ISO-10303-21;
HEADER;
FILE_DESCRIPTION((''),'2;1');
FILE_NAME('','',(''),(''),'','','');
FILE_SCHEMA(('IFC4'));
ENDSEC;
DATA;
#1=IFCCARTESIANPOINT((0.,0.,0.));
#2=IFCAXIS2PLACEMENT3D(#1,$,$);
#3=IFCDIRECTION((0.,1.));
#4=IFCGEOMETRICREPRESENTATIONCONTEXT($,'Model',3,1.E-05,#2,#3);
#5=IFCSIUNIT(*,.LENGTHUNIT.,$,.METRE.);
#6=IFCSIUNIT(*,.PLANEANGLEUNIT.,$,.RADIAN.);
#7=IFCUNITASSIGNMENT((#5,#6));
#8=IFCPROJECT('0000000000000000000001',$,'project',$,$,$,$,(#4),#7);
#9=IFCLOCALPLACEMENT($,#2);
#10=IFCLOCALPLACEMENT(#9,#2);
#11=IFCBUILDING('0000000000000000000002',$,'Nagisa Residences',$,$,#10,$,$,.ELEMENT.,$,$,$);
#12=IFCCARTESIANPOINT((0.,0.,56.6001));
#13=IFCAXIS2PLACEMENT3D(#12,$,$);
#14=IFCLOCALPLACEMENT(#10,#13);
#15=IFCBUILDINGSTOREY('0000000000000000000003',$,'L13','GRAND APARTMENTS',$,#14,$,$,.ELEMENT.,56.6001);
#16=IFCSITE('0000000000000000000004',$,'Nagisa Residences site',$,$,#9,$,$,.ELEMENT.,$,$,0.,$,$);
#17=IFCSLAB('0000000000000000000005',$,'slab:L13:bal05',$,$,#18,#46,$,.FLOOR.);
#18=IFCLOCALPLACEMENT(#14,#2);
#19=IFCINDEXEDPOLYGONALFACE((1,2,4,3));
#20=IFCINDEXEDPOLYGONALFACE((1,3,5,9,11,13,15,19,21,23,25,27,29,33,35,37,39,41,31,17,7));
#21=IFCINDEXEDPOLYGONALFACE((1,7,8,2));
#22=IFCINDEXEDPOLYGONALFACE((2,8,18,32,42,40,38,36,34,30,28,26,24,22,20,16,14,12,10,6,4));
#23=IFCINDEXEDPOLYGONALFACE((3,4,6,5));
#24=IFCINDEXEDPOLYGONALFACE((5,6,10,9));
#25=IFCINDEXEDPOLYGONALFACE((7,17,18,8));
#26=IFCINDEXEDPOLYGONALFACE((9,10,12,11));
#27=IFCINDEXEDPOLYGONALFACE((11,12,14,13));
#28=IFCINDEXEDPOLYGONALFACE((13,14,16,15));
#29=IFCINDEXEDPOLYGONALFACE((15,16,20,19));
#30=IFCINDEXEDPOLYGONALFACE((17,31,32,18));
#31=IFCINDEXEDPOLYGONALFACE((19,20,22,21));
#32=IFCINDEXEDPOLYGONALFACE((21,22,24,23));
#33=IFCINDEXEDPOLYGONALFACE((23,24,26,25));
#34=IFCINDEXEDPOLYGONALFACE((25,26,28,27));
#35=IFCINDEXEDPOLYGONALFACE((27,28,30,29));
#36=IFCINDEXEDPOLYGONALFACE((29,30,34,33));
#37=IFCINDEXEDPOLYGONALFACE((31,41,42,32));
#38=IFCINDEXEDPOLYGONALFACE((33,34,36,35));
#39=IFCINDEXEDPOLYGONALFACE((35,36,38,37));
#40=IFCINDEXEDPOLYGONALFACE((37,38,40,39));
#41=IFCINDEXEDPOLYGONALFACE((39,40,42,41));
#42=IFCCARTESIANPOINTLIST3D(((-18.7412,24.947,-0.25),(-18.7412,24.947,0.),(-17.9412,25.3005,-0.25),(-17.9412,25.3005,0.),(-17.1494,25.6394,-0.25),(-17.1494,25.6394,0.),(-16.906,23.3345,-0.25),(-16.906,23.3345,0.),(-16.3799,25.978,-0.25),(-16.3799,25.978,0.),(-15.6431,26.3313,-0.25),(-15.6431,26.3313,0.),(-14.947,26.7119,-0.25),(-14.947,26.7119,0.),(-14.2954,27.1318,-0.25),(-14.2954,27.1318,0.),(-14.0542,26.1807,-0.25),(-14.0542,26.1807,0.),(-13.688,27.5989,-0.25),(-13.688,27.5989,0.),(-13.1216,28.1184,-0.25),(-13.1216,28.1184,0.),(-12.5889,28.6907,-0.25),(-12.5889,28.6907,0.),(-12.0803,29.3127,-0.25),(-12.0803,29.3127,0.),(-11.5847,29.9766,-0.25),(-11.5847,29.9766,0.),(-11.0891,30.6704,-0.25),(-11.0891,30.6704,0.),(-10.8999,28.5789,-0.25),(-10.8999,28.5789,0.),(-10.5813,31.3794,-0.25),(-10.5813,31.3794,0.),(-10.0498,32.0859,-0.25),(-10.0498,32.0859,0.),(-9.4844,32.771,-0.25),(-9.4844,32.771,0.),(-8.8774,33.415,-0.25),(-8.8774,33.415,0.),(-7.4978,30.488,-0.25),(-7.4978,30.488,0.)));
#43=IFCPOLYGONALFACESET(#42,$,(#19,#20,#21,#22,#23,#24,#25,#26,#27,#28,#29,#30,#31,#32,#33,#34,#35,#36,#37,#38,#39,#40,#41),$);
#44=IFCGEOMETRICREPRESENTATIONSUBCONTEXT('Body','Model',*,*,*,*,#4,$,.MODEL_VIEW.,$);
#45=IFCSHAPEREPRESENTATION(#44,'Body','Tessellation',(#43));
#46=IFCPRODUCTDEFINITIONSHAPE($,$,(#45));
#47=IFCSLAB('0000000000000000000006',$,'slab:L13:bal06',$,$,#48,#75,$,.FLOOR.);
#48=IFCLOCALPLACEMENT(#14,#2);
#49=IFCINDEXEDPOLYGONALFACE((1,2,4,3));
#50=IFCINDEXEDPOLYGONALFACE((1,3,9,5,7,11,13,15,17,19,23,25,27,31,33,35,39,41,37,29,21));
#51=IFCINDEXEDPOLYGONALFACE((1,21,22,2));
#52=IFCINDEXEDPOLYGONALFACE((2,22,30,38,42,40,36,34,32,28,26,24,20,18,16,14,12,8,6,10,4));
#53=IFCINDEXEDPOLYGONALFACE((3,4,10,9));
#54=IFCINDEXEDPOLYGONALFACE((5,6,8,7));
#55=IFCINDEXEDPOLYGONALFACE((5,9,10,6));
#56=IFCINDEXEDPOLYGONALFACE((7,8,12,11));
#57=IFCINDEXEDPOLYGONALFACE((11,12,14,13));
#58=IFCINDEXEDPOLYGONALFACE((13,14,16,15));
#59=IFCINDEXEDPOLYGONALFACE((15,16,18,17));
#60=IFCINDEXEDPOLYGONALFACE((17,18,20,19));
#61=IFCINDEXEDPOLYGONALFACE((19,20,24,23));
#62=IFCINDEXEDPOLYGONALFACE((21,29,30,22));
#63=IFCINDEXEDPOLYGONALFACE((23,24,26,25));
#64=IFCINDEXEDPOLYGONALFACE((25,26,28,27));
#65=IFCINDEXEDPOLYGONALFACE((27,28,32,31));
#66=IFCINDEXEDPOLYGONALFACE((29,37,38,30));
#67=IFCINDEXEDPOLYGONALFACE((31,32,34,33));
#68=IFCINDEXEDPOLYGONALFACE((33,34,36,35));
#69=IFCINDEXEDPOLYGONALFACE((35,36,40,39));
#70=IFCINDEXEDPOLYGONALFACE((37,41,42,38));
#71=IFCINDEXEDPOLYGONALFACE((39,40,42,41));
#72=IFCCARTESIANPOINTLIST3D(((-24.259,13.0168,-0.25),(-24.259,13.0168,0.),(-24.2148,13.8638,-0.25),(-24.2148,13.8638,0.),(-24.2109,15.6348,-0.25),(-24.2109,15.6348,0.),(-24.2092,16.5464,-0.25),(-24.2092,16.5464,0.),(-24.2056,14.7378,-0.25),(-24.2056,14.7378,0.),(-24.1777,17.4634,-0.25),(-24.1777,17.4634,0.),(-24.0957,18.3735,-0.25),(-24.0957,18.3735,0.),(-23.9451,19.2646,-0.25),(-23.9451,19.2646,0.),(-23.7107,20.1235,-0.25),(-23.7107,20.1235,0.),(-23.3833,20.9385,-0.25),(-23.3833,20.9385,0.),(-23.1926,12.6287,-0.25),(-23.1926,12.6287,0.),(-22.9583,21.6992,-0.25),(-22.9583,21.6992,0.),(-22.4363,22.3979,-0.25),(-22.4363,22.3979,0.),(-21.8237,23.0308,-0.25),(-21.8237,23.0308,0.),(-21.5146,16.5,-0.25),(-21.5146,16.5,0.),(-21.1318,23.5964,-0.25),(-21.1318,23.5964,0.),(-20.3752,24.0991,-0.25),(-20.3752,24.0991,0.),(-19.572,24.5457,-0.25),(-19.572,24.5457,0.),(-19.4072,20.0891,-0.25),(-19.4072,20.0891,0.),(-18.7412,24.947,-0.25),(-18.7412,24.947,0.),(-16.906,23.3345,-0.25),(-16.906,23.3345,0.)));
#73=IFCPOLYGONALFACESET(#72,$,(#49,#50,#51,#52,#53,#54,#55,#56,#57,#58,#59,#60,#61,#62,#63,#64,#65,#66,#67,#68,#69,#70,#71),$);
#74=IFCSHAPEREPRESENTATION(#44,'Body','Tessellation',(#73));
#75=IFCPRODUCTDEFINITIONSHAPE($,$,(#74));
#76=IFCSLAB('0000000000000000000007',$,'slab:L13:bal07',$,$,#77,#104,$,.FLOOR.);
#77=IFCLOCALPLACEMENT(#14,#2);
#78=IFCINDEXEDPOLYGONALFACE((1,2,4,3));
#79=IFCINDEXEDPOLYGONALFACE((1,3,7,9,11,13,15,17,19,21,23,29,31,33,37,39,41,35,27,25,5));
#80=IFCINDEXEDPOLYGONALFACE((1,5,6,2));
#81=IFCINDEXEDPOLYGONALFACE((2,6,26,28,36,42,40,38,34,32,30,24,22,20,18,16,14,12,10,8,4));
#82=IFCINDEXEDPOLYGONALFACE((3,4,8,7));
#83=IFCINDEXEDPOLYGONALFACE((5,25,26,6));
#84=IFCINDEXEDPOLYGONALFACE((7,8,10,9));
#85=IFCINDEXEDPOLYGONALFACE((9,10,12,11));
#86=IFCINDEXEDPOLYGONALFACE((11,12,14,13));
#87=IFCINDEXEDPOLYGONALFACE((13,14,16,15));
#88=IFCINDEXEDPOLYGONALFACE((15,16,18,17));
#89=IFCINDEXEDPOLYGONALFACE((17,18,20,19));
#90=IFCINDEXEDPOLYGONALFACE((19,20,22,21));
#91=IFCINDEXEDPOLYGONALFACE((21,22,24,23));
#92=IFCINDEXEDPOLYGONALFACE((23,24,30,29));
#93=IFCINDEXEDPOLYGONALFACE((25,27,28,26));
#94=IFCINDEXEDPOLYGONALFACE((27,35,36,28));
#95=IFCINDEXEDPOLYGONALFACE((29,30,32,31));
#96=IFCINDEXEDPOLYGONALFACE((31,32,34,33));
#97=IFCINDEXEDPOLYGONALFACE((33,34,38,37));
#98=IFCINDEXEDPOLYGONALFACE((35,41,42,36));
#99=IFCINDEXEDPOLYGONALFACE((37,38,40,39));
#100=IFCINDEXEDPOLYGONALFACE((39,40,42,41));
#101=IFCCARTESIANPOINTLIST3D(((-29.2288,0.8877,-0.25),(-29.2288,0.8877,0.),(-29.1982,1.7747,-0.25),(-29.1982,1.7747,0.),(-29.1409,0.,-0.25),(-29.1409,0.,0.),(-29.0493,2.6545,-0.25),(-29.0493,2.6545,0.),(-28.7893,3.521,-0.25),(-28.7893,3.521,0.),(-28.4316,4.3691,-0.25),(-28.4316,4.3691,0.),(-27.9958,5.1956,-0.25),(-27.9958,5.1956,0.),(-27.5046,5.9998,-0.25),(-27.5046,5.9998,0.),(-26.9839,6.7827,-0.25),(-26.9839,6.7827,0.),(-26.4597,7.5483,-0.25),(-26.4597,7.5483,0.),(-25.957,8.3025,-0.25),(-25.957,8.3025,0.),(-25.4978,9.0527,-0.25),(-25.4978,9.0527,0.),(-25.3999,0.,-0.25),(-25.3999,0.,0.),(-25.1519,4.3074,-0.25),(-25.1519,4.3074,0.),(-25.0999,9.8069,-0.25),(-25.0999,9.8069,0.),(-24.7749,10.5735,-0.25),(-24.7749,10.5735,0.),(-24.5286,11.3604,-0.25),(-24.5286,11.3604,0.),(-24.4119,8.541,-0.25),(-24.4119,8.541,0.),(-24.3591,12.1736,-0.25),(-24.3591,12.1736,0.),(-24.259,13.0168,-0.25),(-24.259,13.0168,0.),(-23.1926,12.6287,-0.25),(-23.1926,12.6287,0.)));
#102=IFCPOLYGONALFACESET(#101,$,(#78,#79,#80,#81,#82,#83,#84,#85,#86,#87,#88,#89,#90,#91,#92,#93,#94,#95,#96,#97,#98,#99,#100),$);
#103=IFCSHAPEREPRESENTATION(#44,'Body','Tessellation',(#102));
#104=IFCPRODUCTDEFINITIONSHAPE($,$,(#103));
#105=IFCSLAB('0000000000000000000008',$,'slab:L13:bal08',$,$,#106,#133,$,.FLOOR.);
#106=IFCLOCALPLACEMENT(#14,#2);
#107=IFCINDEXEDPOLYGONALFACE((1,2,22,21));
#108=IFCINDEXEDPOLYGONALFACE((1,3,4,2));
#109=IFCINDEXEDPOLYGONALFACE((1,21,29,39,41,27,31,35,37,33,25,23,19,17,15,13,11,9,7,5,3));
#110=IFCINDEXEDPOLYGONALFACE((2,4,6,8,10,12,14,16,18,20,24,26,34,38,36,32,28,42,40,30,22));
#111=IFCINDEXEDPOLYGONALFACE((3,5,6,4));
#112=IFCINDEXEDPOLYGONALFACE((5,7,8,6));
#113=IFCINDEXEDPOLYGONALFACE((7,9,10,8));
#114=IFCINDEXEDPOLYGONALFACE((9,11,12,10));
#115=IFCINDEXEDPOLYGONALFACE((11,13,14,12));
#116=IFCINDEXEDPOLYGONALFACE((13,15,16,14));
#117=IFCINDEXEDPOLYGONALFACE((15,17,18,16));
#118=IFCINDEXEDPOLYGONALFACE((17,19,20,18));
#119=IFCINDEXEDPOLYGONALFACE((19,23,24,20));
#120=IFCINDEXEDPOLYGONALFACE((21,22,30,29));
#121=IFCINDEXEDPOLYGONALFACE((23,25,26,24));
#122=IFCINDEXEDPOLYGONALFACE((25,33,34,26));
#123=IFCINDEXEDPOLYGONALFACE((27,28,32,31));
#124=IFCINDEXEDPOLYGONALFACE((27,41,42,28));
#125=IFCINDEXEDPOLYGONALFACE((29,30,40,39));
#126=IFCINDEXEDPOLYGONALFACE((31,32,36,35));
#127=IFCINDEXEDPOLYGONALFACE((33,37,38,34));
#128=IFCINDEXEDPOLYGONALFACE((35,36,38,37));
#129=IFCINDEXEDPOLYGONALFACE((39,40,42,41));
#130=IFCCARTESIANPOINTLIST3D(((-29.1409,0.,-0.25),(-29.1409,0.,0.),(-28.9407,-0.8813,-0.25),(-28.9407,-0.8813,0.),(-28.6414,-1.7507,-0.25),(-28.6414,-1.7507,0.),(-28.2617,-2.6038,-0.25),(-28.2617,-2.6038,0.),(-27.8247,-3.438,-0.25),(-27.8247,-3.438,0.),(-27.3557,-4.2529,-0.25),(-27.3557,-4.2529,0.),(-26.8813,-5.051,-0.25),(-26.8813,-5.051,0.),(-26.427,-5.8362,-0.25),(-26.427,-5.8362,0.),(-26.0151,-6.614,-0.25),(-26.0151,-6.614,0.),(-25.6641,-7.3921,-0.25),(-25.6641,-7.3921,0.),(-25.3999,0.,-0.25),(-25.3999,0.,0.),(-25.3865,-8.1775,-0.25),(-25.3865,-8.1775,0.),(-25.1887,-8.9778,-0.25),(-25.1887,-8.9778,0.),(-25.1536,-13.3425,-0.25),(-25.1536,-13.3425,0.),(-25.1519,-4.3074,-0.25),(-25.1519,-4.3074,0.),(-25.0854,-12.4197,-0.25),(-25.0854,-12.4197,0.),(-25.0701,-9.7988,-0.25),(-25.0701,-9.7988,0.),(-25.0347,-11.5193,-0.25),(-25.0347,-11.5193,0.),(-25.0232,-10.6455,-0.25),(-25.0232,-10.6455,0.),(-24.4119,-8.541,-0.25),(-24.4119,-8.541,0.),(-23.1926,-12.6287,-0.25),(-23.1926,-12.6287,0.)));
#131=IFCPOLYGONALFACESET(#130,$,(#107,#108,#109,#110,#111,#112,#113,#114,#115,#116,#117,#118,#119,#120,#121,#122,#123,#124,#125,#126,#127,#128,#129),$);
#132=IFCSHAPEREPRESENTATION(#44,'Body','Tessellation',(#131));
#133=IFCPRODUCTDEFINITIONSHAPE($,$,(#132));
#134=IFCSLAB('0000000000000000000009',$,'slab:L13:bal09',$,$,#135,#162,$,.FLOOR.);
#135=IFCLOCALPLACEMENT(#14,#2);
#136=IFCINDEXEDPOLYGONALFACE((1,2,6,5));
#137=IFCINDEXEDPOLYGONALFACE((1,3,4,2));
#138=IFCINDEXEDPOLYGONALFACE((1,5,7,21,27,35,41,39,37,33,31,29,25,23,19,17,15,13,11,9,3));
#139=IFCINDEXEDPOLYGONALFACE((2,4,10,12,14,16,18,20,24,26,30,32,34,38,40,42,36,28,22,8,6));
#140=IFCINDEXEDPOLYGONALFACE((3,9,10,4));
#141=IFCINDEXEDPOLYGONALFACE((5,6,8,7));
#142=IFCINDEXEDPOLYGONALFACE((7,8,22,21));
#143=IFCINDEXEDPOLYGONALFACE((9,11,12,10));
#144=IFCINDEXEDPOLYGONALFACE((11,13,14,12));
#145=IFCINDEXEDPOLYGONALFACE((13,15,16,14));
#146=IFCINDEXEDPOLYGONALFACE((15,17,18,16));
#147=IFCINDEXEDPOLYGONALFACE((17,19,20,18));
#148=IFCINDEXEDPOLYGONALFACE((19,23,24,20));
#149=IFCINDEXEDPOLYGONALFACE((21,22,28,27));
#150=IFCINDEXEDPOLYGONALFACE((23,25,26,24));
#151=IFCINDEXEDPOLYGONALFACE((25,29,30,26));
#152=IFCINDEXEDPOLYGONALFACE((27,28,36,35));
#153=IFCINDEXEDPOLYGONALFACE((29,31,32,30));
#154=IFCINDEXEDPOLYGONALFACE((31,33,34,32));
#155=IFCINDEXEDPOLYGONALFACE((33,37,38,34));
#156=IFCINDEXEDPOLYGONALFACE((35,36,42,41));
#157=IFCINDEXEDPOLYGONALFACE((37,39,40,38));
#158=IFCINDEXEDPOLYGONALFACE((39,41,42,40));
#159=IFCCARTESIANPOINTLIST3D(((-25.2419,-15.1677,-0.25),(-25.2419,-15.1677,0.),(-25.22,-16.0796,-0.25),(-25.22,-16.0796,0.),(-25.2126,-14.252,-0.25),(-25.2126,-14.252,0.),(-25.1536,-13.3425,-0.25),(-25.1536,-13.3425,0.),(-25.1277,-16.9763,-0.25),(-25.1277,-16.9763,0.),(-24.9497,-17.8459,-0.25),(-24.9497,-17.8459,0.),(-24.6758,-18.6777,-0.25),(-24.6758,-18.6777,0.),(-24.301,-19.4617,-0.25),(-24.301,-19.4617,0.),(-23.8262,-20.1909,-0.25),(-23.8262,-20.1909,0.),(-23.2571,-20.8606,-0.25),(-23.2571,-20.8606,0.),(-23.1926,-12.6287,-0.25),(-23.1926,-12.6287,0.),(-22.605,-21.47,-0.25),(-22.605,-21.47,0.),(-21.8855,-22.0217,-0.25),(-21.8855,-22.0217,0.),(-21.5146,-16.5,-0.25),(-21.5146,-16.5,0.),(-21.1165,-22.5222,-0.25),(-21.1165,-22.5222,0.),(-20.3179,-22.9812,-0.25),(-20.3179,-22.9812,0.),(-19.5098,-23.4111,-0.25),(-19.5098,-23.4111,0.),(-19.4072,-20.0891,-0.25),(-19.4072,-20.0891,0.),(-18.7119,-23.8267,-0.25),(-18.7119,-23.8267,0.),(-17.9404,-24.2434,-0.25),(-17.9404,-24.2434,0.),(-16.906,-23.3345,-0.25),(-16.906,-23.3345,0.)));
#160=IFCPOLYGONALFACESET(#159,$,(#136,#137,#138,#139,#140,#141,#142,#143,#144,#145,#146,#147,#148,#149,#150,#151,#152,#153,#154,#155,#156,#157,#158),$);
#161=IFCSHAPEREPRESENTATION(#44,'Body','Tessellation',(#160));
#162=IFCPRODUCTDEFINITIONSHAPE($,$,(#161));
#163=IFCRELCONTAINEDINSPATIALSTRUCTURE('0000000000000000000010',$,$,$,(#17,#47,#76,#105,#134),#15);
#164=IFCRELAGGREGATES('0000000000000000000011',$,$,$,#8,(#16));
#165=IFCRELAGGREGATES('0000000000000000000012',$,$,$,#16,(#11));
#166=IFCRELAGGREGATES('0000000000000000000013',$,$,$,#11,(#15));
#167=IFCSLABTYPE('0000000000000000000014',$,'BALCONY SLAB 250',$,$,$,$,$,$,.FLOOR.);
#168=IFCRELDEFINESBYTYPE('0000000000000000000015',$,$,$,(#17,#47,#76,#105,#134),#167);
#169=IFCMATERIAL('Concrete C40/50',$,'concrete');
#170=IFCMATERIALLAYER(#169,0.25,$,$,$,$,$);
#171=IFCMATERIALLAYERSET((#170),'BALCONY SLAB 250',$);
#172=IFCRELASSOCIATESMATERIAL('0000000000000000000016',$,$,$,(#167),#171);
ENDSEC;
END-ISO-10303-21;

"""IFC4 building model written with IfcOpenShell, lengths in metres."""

from ifc_helpers import new_model, si_unit, direction, frame, origin, place, context, subcontext, project, spatial, polyline, outline, extrude, material, layer, layer_set, type_object, element, save


model = new_model("IFC4")

# Units and contexts
model_context = context("Model", 3, precision=1e-05, world=origin(), true_north=direction((0.0, 1.0)))
body_context = subcontext(model_context, "Body", "Model", "MODEL_VIEW")
ifc_project = project(units=[si_unit("LENGTHUNIT", "METRE"), si_unit("PLANEANGLEUNIT", "RADIAN")], contexts=[model_context])

# Site, building, storey
site_placement = place(None, origin())
site = spatial("IfcSite", under=ifc_project, at=site_placement, Name="Nagisa Residences site", CompositionType="ELEMENT", RefElevation=0.0)
building_placement = place(site_placement, origin())
building = spatial("IfcBuilding", under=site, at=building_placement, Name="Nagisa Residences", CompositionType="ELEMENT")
storey_placement = place(building_placement, frame((0.0, 0.0, 56.6001)))
storey = spatial("IfcBuildingStorey", under=building, at=storey_placement, Name="L13", Description="GRAND APARTMENTS", CompositionType="ELEMENT", Elevation=56.6001)

# Slabs
ifc_material_1 = material(Name="Concrete C40/50", Category="concrete")
ifc_layer_1 = layer(ifc_material_1, 0.25)
ifc_layer_set_1 = layer_set([ifc_layer_1], Name="BALCONY SLAB 250")
slab_type_1 = type_object("IfcSlabType", Name="BALCONY SLAB 250", PredefinedType="FLOOR", material=ifc_layer_set_1)
slab_1_placement = place(storey_placement, frame((0.0, 0.0, -0.25)))
element("IfcSlab", 1, at=slab_1_placement, inside=storey, type_object=slab_type_1, Name="slab:L13:bal05", PredefinedType="FLOOR", context=body_context, shape_type="SweptSolid", body=[
    extrude(outline(polyline([(-8.8774, 33.415), (-9.4844, 32.771), (-10.0498, 32.0859), (-10.5813, 31.3794), (-11.0891, 30.6704), (-11.5847, 29.9766), (-12.0803, 29.3127), (-12.5889, 28.6907), (-13.1216, 28.1184), (-13.688, 27.5989), (-14.2954, 27.1318), (-14.947, 26.7119), (-15.6431, 26.3313), (-16.3799, 25.978), (-17.1494, 25.6394), (-17.9412, 25.3005), (-18.7412, 24.947), (-16.906, 23.3345), (-14.0542, 26.1807), (-10.8999, 28.5789), (-7.4978, 30.488), (-8.8774, 33.415)])), origin(), (0.0, 0.0, 1.0), 0.25),
])
slab_2_placement = place(storey_placement, frame((0.0, 0.0, -0.25)))
element("IfcSlab", 2, at=slab_2_placement, inside=storey, type_object=slab_type_1, Name="slab:L13:bal06", PredefinedType="FLOOR", context=body_context, shape_type="SweptSolid", body=[
    extrude(outline(polyline([(-18.7412, 24.947), (-19.572, 24.5457), (-20.3752, 24.0991), (-21.1318, 23.5964), (-21.8237, 23.0308), (-22.4363, 22.3979), (-22.9583, 21.6992), (-23.3833, 20.9385), (-23.7107, 20.1235), (-23.9451, 19.2646), (-24.0957, 18.3735), (-24.1777, 17.4634), (-24.2092, 16.5464), (-24.2109, 15.6348), (-24.2056, 14.7378), (-24.2148, 13.8638), (-24.259, 13.0168), (-23.1926, 12.6287), (-21.5146, 16.5), (-19.4072, 20.0891), (-16.906, 23.3345), (-18.7412, 24.947)])), origin(), (0.0, 0.0, 1.0), 0.25),
])
slab_3_placement = place(storey_placement, frame((0.0, 0.0, -0.25)))
element("IfcSlab", 3, at=slab_3_placement, inside=storey, type_object=slab_type_1, Name="slab:L13:bal07", PredefinedType="FLOOR", context=body_context, shape_type="SweptSolid", body=[
    extrude(outline(polyline([(-24.259, 13.0168), (-24.3591, 12.1736), (-24.5286, 11.3604), (-24.7749, 10.5735), (-25.0999, 9.8069), (-25.4978, 9.0527), (-25.957, 8.3025), (-26.4597, 7.5483), (-26.9839, 6.7827), (-27.5046, 5.9998), (-27.9958, 5.1956), (-28.4316, 4.3691), (-28.7893, 3.521), (-29.0493, 2.6545), (-29.1982, 1.7747), (-29.2288, 0.8877), (-29.1409, 0.0), (-25.3999, 0.0), (-25.1519, 4.3074), (-24.4119, 8.541), (-23.1926, 12.6287), (-24.259, 13.0168)])), origin(), (0.0, 0.0, 1.0), 0.25),
])
slab_4_placement = place(storey_placement, frame((0.0, 0.0, -0.25)))
element("IfcSlab", 4, at=slab_4_placement, inside=storey, type_object=slab_type_1, Name="slab:L13:bal08", PredefinedType="FLOOR", context=body_context, shape_type="SweptSolid", body=[
    extrude(outline(polyline([(-29.1409, 0.0), (-28.9407, -0.8813), (-28.6414, -1.7507), (-28.2617, -2.6038), (-27.8247, -3.438), (-27.3557, -4.2529), (-26.8813, -5.051), (-26.427, -5.8362), (-26.0151, -6.614), (-25.6641, -7.3921), (-25.3865, -8.1775), (-25.1887, -8.9778), (-25.0701, -9.7988), (-25.0232, -10.6455), (-25.0347, -11.5193), (-25.0854, -12.4197), (-25.1536, -13.3425), (-23.1926, -12.6287), (-24.4119, -8.541), (-25.1519, -4.3074), (-25.3999, 0.0), (-29.1409, 0.0)])), origin(), (0.0, 0.0, 1.0), 0.25),
])
slab_5_placement = place(storey_placement, frame((0.0, 0.0, -0.25)))
element("IfcSlab", 5, at=slab_5_placement, inside=storey, type_object=slab_type_1, Name="slab:L13:bal09", PredefinedType="FLOOR", context=body_context, shape_type="SweptSolid", body=[
    extrude(outline(polyline([(-25.1536, -13.3425), (-25.2126, -14.252), (-25.2419, -15.1677), (-25.22, -16.0796), (-25.1277, -16.9763), (-24.9497, -17.8459), (-24.6758, -18.6777), (-24.301, -19.4617), (-23.8262, -20.1909), (-23.2571, -20.8606), (-22.605, -21.47), (-21.8855, -22.0217), (-21.1165, -22.5222), (-20.3179, -22.9812), (-19.5098, -23.4111), (-18.7119, -23.8267), (-17.9404, -24.2434), (-16.906, -23.3345), (-19.4072, -20.0891), (-21.5146, -16.5), (-23.1926, -12.6287), (-25.1536, -13.3425)])), origin(), (0.0, 0.0, 1.0), 0.25),
])

save(model, "model.ifc")
